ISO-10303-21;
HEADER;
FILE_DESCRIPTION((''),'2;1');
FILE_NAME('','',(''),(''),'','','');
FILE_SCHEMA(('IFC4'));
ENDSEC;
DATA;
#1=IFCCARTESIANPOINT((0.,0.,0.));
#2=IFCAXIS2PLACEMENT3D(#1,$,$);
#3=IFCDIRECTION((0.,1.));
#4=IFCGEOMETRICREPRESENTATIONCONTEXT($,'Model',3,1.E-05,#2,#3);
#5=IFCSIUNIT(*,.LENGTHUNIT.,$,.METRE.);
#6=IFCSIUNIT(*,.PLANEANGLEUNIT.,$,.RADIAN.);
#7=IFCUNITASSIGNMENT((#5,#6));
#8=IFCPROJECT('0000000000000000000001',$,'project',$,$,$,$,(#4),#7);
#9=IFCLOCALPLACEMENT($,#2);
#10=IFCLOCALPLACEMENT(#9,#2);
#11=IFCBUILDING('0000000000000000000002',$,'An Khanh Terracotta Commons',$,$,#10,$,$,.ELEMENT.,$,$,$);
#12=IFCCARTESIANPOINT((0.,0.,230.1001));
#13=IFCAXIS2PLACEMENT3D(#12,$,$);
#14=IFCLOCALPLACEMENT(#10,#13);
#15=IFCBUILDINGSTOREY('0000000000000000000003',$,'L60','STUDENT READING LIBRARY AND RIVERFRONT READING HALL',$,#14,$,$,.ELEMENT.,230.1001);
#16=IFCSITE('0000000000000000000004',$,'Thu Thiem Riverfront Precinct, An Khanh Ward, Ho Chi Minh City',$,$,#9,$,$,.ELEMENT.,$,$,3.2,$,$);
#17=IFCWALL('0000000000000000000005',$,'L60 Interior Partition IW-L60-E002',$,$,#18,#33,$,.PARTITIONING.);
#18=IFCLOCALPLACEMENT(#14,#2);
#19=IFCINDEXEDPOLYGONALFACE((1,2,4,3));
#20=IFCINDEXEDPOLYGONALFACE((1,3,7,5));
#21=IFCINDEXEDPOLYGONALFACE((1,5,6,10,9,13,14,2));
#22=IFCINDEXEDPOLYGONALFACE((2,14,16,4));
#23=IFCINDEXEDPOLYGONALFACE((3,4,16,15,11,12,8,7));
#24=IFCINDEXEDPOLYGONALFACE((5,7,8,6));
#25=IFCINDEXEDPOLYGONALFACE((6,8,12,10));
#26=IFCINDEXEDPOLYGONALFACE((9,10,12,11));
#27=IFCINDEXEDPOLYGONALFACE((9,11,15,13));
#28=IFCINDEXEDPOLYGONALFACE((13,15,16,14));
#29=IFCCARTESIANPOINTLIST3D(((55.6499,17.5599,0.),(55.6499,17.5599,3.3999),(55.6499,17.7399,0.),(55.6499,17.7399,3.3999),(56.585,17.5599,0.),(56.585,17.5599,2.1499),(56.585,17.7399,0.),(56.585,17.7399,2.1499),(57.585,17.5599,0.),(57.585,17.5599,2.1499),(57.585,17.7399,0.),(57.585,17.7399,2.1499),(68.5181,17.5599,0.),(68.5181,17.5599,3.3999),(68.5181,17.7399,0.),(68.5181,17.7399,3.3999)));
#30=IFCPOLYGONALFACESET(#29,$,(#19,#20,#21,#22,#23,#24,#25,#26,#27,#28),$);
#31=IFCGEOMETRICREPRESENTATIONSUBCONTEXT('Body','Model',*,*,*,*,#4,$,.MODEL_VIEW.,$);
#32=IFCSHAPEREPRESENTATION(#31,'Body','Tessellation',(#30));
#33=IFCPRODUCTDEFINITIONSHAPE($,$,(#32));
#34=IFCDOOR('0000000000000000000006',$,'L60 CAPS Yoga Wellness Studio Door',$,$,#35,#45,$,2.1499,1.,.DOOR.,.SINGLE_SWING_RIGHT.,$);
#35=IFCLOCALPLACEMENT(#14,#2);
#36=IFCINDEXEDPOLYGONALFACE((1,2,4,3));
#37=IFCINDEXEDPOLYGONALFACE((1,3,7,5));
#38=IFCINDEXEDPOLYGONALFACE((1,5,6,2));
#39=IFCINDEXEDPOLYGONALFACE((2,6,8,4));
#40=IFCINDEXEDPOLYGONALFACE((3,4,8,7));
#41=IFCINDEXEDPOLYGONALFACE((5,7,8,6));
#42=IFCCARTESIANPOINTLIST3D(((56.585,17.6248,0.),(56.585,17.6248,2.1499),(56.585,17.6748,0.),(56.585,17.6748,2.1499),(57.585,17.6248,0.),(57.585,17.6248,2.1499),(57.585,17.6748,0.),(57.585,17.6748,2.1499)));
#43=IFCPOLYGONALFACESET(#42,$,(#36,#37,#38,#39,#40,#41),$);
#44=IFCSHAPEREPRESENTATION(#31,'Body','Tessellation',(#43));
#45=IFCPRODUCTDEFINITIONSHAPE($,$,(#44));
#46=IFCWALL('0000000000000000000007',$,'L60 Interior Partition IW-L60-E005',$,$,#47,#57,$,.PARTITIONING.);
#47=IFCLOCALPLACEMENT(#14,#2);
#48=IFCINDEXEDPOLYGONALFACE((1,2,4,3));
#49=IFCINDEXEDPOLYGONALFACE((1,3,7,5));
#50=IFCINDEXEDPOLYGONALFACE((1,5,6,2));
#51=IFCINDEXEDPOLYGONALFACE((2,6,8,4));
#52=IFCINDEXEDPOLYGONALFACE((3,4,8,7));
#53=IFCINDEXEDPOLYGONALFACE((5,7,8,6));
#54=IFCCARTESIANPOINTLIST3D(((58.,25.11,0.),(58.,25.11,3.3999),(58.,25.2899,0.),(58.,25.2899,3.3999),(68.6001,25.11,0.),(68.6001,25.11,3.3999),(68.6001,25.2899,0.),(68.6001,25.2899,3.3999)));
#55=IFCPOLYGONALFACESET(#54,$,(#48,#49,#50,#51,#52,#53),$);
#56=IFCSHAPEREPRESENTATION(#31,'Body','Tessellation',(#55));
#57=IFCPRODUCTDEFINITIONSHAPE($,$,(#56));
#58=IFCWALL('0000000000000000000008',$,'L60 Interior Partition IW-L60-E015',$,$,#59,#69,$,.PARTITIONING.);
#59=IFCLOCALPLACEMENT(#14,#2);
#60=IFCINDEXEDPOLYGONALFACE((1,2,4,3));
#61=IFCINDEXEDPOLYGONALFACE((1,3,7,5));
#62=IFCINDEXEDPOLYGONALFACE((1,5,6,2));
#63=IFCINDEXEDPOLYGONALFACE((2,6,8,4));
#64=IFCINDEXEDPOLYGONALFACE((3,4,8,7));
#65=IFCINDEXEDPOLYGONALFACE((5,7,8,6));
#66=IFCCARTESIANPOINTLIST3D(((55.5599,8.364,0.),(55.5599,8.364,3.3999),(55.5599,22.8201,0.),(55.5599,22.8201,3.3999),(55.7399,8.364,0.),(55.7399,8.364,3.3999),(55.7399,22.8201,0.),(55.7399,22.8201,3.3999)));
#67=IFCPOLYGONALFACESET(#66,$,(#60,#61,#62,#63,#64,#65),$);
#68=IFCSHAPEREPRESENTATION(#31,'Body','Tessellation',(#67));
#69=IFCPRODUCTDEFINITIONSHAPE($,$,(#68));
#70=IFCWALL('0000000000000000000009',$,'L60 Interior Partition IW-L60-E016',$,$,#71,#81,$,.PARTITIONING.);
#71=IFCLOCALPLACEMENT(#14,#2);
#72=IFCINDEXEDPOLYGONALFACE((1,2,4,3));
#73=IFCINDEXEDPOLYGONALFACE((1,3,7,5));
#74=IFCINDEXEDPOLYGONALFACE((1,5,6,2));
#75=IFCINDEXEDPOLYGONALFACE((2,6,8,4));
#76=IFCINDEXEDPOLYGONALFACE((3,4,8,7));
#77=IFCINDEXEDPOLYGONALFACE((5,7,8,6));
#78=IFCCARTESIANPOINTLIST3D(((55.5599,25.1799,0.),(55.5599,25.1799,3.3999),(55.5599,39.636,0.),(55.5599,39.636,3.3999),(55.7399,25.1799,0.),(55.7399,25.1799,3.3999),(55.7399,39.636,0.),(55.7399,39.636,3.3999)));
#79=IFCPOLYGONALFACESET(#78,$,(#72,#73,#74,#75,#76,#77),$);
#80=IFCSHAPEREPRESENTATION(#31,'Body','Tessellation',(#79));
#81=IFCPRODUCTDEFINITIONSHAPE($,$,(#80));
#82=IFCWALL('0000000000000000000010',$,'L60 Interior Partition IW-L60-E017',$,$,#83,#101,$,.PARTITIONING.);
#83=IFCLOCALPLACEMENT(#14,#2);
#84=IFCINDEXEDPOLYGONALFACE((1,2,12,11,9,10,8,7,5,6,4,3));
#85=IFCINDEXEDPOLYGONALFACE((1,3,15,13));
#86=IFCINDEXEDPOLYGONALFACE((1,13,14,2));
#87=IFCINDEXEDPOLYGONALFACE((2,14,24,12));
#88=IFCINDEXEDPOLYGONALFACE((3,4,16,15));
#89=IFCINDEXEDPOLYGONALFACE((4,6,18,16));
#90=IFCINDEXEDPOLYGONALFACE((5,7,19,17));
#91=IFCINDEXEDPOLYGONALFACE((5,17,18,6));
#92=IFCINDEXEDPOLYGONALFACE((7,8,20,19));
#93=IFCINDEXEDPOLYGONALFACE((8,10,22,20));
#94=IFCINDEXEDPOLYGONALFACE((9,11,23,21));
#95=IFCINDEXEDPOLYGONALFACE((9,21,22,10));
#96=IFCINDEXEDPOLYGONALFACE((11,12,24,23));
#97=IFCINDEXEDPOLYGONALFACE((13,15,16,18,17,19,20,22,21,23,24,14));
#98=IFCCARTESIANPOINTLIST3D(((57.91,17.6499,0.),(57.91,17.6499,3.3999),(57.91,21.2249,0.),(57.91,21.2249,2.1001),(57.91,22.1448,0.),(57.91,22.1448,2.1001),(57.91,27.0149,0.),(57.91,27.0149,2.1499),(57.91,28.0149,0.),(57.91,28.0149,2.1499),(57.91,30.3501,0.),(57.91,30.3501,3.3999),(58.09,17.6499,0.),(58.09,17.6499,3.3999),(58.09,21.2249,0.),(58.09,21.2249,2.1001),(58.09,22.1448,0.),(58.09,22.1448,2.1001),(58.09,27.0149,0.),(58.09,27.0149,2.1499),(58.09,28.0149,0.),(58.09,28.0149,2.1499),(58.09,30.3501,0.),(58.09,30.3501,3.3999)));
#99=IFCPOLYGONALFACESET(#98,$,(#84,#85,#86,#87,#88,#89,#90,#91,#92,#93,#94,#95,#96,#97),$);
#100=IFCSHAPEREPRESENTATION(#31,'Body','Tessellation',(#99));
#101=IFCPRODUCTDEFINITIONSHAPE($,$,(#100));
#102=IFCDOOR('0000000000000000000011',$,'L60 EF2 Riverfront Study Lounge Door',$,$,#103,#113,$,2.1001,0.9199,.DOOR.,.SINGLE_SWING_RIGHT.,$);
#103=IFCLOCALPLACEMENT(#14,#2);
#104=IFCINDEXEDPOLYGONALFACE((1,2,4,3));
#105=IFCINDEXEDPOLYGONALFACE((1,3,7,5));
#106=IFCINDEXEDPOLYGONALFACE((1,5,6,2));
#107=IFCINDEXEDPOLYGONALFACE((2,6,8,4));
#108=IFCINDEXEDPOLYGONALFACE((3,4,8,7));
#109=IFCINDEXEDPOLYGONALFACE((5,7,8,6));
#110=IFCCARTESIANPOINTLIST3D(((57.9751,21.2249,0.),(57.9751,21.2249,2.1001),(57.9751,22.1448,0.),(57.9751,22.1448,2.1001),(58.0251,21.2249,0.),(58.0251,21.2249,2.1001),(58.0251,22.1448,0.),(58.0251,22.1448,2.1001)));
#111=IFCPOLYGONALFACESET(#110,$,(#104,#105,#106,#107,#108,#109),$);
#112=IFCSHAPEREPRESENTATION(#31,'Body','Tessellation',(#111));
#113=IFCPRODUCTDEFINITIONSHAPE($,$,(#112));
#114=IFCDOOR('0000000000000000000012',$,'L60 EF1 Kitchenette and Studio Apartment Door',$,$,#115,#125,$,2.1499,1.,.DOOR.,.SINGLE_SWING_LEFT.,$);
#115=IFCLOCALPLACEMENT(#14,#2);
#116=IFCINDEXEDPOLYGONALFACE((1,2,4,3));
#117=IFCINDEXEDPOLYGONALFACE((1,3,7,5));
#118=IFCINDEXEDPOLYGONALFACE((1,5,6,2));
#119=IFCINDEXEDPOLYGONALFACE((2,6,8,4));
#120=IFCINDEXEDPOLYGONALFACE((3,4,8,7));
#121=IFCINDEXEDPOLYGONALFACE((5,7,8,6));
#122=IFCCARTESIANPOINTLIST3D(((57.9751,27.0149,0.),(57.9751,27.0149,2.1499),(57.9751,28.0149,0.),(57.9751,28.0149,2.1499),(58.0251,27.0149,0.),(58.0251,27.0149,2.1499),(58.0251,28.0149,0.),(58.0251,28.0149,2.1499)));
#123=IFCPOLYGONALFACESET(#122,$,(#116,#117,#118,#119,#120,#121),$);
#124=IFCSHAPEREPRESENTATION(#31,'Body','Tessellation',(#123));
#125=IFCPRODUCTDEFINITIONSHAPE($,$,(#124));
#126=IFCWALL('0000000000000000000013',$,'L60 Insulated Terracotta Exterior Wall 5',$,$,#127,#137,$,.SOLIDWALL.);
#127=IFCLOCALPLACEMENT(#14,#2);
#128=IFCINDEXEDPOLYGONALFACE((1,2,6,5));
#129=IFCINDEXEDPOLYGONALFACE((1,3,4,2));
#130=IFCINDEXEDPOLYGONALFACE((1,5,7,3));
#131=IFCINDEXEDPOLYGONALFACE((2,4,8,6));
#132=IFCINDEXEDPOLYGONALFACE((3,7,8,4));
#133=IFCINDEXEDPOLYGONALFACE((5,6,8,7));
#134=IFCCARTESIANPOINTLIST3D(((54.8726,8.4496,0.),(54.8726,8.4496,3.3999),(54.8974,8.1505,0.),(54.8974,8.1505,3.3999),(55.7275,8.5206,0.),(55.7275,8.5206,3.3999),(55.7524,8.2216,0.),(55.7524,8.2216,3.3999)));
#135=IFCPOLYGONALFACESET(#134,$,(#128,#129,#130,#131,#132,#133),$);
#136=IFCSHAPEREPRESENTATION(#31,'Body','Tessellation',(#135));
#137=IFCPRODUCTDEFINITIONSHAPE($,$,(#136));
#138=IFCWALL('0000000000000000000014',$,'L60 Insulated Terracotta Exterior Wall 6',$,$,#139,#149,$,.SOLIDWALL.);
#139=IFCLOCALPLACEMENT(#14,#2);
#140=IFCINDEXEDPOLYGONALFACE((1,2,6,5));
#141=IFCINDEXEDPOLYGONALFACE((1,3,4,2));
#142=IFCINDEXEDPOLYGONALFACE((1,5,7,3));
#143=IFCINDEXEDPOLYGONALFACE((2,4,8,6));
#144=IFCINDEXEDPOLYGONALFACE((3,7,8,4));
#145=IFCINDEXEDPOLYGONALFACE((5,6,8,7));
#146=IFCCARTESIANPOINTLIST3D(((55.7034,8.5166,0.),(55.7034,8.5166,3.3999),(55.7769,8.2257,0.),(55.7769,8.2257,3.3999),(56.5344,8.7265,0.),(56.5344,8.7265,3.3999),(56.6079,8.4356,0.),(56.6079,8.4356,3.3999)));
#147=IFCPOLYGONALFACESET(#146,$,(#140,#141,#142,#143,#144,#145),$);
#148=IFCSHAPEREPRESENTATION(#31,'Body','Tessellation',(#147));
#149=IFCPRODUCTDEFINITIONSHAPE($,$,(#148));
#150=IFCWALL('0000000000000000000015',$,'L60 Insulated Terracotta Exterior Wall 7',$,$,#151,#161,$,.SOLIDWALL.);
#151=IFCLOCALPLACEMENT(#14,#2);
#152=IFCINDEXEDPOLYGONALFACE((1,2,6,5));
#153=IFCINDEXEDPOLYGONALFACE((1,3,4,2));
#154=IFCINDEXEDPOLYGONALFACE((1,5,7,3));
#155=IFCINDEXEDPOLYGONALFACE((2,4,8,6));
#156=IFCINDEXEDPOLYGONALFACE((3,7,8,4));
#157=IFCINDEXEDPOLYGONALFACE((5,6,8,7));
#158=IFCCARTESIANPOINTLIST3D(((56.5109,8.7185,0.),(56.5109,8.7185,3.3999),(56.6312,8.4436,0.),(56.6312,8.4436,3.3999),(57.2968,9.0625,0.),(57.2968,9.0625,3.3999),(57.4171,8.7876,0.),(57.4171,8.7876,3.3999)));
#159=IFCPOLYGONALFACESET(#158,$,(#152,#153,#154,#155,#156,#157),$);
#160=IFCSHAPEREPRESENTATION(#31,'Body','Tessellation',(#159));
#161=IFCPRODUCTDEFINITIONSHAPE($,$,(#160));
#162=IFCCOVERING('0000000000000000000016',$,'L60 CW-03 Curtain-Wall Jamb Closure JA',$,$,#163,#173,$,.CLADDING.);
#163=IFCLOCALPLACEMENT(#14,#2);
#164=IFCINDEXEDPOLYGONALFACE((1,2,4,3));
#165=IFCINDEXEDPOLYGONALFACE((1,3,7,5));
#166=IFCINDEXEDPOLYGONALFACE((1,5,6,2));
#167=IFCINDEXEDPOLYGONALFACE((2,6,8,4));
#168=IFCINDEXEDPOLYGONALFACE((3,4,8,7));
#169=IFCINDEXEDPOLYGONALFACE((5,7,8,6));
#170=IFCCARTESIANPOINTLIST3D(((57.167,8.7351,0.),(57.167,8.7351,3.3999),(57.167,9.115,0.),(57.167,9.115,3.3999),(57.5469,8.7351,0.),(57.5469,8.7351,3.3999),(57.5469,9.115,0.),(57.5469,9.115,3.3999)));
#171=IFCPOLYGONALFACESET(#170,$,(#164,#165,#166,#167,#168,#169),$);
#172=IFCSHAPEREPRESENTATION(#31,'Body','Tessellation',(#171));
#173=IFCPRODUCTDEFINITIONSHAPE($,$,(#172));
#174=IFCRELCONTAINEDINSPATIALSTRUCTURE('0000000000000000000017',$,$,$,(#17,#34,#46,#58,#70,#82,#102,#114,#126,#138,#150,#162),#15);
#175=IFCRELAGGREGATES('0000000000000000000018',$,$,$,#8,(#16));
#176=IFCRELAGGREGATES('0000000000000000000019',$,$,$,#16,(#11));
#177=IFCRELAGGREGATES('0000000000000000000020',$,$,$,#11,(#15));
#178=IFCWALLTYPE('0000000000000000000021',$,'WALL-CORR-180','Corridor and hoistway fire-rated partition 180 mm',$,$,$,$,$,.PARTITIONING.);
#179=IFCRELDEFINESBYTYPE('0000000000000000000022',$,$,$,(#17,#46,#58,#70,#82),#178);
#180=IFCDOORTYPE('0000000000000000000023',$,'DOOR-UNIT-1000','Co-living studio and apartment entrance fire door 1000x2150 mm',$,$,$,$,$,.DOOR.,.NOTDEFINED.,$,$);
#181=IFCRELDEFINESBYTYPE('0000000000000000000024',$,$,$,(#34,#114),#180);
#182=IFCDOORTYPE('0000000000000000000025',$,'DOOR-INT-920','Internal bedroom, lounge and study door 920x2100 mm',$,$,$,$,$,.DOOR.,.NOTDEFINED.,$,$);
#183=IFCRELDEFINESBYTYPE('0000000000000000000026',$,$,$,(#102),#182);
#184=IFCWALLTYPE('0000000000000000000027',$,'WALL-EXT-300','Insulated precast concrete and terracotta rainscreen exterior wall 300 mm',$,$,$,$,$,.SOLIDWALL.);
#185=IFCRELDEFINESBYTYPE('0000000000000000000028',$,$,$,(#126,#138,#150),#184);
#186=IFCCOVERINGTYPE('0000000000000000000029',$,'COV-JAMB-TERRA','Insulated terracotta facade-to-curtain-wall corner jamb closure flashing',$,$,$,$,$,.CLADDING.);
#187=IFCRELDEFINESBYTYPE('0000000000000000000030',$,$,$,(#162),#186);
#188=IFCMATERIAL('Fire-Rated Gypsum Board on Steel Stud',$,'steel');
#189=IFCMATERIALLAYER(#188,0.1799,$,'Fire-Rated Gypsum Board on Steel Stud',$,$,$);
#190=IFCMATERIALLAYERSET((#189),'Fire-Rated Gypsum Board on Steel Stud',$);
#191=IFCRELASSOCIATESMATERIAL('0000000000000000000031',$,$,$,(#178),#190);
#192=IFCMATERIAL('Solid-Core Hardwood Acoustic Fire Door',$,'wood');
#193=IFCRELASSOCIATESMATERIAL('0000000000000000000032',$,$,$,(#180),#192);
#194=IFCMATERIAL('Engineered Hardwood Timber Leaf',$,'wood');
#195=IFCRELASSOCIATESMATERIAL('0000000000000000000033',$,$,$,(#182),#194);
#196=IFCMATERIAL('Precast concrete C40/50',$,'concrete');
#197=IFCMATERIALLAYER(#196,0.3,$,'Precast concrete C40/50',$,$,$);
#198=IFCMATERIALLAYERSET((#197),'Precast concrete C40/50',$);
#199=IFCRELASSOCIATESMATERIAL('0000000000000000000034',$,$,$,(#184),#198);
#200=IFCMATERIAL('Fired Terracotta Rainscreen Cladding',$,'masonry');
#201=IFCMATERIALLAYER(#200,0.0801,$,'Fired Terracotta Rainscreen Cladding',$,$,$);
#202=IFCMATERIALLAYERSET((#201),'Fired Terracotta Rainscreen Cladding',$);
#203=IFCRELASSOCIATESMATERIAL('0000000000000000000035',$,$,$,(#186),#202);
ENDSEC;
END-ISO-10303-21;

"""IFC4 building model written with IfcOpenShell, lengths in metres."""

from ifc_helpers import new_model, si_unit, direction, frame, frame_2d, origin, origin_2d, place, context, subcontext, project, spatial, rectangle, extrude, material, layer, layer_set, type_object, element, fill, save


model = new_model("IFC4")

# Units and contexts
model_context = context("Model", 3, precision=1e-05, world=origin(), true_north=direction((0.0, 1.0)))
body_context = subcontext(model_context, "Body", "Model", "MODEL_VIEW")
ifc_project = project(units=[si_unit("LENGTHUNIT", "METRE"), si_unit("PLANEANGLEUNIT", "RADIAN")], contexts=[model_context])

# Site, building, storey
site_placement = place(None, origin())
site = spatial("IfcSite", under=ifc_project, at=site_placement, Name="Thu Thiem Riverfront Precinct, An Khanh Ward, Ho Chi Minh City", CompositionType="ELEMENT", RefElevation=3.2)
building_placement = place(site_placement, origin())
building = spatial("IfcBuilding", under=site, at=building_placement, Name="An Khanh Terracotta Commons", CompositionType="ELEMENT")
storey_placement = place(building_placement, frame((0.0, 0.0, 230.1001)))
storey = spatial("IfcBuildingStorey", under=building, at=storey_placement, Name="L60", Description="STUDENT READING LIBRARY AND RIVERFRONT READING HALL", CompositionType="ELEMENT", Elevation=230.1001)

# Wall, opening, door
ifc_material_1 = material(Name="Fire-Rated Gypsum Board on Steel Stud", Category="steel")
ifc_layer_1 = layer(ifc_material_1, 0.1799, Name="Fire-Rated Gypsum Board on Steel Stud")
ifc_layer_set_1 = layer_set([ifc_layer_1], Name="Fire-Rated Gypsum Board on Steel Stud")
wall_type_1 = type_object("IfcWallType", Name="WALL-CORR-180", Description="Corridor and hoistway fire-rated partition 180 mm", PredefinedType="PARTITIONING", material=ifc_layer_set_1)
wall_1_placement = place(storey_placement, frame((55.6499, 17.6499, 0.0), z_axis=(0.0, 0.0, 1.0), x_axis=(1.0, 0.0, 0.0)))
wall_1 = element("IfcWall", 1, at=wall_1_placement, inside=storey, type_object=wall_type_1, Name="L60 Interior Partition IW-L60-E002", PredefinedType="PARTITIONING", context=body_context, shape_type="SweptSolid", body=[
    extrude(rectangle(XDim=12.8682, YDim=0.1799, at=frame_2d((6.4341, 0.0))), origin(), (0.0, 0.0, 1.0), 3.3999),
])
opening_1_placement = place(wall_1_placement, frame((0.9351, 0.0, 0.0)))
opening_1 = element("IfcOpeningElement", 2, at=opening_1_placement, cuts=wall_1, PredefinedType="OPENING", context=body_context, shape_type="SweptSolid", body=[
    extrude(rectangle(XDim=1.0, YDim=2.1499, at=frame_2d((0.5, 1.075))), frame((0.0, 0.0999, 0.0), z_axis=(0.0, -1.0, 0.0), x_axis=(1.0, 0.0, 0.0)), (0.0, 0.0, 1.0), 0.2),
])
ifc_material_2 = material(Name="Solid-Core Hardwood Acoustic Fire Door", Category="wood")
door_type_1 = type_object("IfcDoorType", Name="DOOR-UNIT-1000", Description="Co-living studio and apartment entrance fire door 1000x2150 mm", OperationType="NOTDEFINED", PredefinedType="DOOR", material=ifc_material_2)
door_1_placement = place(opening_1_placement, origin())
door_1 = element("IfcDoor", 3, at=door_1_placement, inside=storey, type_object=door_type_1, Name="L60 CAPS Yoga Wellness Studio Door", OperationType="SINGLE_SWING_RIGHT", OverallHeight=2.1499, OverallWidth=1.0, PredefinedType="DOOR", context=body_context, shape_type="SweptSolid", body=[
    extrude(rectangle(XDim=1.0, YDim=2.1499, at=frame_2d((0.5, 1.075))), frame((0.0, 0.0249, 0.0), z_axis=(0.0, -1.0, 0.0), x_axis=(1.0, 0.0, 0.0)), (0.0, 0.0, 1.0), 0.05),
])
fill(opening_1, door_1)

# Walls
wall_2_placement = place(storey_placement, frame((58.0, 25.2, 0.0), z_axis=(0.0, 0.0, 1.0), x_axis=(1.0, 0.0, 0.0)))
element("IfcWall", 4, at=wall_2_placement, inside=storey, type_object=wall_type_1, Name="L60 Interior Partition IW-L60-E005", PredefinedType="PARTITIONING", context=body_context, shape_type="SweptSolid", body=[
    extrude(rectangle(XDim=10.6001, YDim=0.1799, at=frame_2d((5.3, 0.0))), origin(), (0.0, 0.0, 1.0), 3.3999),
])
for number, where, z_axis, x_axis, name in (
    (5, (55.6499, 8.364, 0.0), (0.0, 0.0, 1.0), (0.0, 1.0, 0.0), "L60 Interior Partition IW-L60-E015"),
    (6, (55.6499, 25.1799, 0.0), (0.0, 0.0, 1.0), (0.0, 1.0, 0.0), "L60 Interior Partition IW-L60-E016"),
):
    element("IfcWall", number, at=place(storey_placement, frame(where, z_axis=z_axis, x_axis=x_axis)), inside=storey, type_object=wall_type_1, Name=name, PredefinedType="PARTITIONING", context=body_context, shape_type="SweptSolid", body=[
        extrude(rectangle(XDim=14.4561, YDim=0.1799, at=frame_2d((7.228, 0.0))), origin(), (0.0, 0.0, 1.0), 3.3999),
    ])

# Wall, openings, doors
wall_3_placement = place(storey_placement, frame((58.0, 17.6499, 0.0), z_axis=(0.0, 0.0, 1.0), x_axis=(0.0, 1.0, 0.0)))
wall_3 = element("IfcWall", 7, at=wall_3_placement, inside=storey, type_object=wall_type_1, Name="L60 Interior Partition IW-L60-E017", PredefinedType="PARTITIONING", context=body_context, shape_type="SweptSolid", body=[
    extrude(rectangle(XDim=12.7002, YDim=0.1799, at=frame_2d((6.3501, 0.0))), origin(), (0.0, 0.0, 1.0), 3.3999),
])
opening_2_placement = place(wall_3_placement, frame((9.365, 0.0, 0.0)))
opening_2 = element("IfcOpeningElement", 8, at=opening_2_placement, cuts=wall_3, PredefinedType="OPENING", context=body_context, shape_type="SweptSolid", body=[
    extrude(rectangle(XDim=1.0, YDim=2.1499, at=frame_2d((0.5, 1.075))), frame((0.0, 0.0999, 0.0), z_axis=(0.0, -1.0, 0.0), x_axis=(1.0, 0.0, 0.0)), (0.0, 0.0, 1.0), 0.2),
])
opening_3_placement = place(wall_3_placement, frame((3.575, 0.0, 0.0)))
opening_3 = element("IfcOpeningElement", 9, at=opening_3_placement, cuts=wall_3, PredefinedType="OPENING", context=body_context, shape_type="SweptSolid", body=[
    extrude(rectangle(XDim=0.9199, YDim=2.1001, at=frame_2d((0.46, 1.05))), frame((0.0, 0.0999, 0.0), z_axis=(0.0, -1.0, 0.0), x_axis=(1.0, 0.0, 0.0)), (0.0, 0.0, 1.0), 0.2),
])
ifc_material_3 = material(Name="Engineered Hardwood Timber Leaf", Category="wood")
door_type_2 = type_object("IfcDoorType", Name="DOOR-INT-920", Description="Internal bedroom, lounge and study door 920x2100 mm", OperationType="NOTDEFINED", PredefinedType="DOOR", material=ifc_material_3)
door_2_placement = place(opening_3_placement, origin())
door_2 = element("IfcDoor", 10, at=door_2_placement, inside=storey, type_object=door_type_2, Name="L60 EF2 Riverfront Study Lounge Door", OperationType="SINGLE_SWING_RIGHT", OverallHeight=2.1001, OverallWidth=0.9199, PredefinedType="DOOR", context=body_context, shape_type="SweptSolid", body=[
    extrude(rectangle(XDim=0.9199, YDim=2.1001, at=frame_2d((0.46, 1.05))), frame((0.0, 0.0249, 0.0), z_axis=(0.0, -1.0, 0.0), x_axis=(1.0, 0.0, 0.0)), (0.0, 0.0, 1.0), 0.05),
])
fill(opening_3, door_2)
door_3_placement = place(opening_2_placement, origin())
door_3 = element("IfcDoor", 11, at=door_3_placement, inside=storey, type_object=door_type_1, Name="L60 EF1 Kitchenette and Studio Apartment Door", OperationType="SINGLE_SWING_LEFT", OverallHeight=2.1499, OverallWidth=1.0, PredefinedType="DOOR", context=body_context, shape_type="SweptSolid", body=[
    extrude(rectangle(XDim=1.0, YDim=2.1499, at=frame_2d((0.5, 1.075))), frame((0.0, 0.0249, 0.0), z_axis=(0.0, -1.0, 0.0), x_axis=(1.0, 0.0, 0.0)), (0.0, 0.0, 1.0), 0.05),
])
fill(opening_2, door_3)

# Walls
ifc_material_4 = material(Name="Precast concrete C40/50", Category="concrete")
ifc_layer_2 = layer(ifc_material_4, 0.3, Name="Precast concrete C40/50")
ifc_layer_set_2 = layer_set([ifc_layer_2], Name="Precast concrete C40/50")
wall_type_2 = type_object("IfcWallType", Name="WALL-EXT-300", Description="Insulated precast concrete and terracotta rainscreen exterior wall 300 mm", PredefinedType="SOLIDWALL", material=ifc_layer_set_2)
wall_4_placement = place(storey_placement, frame((54.885, 8.3, 0.0), z_axis=(0.0, 0.0, 1.0), x_axis=(0.996565, 0.08281, 0.0)))
element("IfcWall", 12, at=wall_4_placement, inside=storey, type_object=wall_type_2, Name="L60 Insulated Terracotta Exterior Wall 5", PredefinedType="SOLIDWALL", context=body_context, shape_type="SweptSolid", body=[
    extrude(rectangle(XDim=0.8579, YDim=0.3, at=frame_2d((0.429, 0.0))), origin(), (0.0, 0.0, 1.0), 3.3999),
])
wall_5_placement = place(storey_placement, frame((55.74, 8.3711, 0.0), z_axis=(0.0, 0.0, 1.0), x_axis=(0.969536, 0.244947, 0.0)))
element("IfcWall", 13, at=wall_5_placement, inside=storey, type_object=wall_type_2, Name="L60 Insulated Terracotta Exterior Wall 6", PredefinedType="SOLIDWALL", context=body_context, shape_type="SweptSolid", body=[
    extrude(rectangle(XDim=0.8572, YDim=0.3, at=frame_2d((0.4287, 0.0))), origin(), (0.0, 0.0, 1.0), 3.3999),
])
wall_6_placement = place(storey_placement, frame((56.571, 8.5811, 0.0), z_axis=(0.0, 0.0, 1.0), x_axis=(0.916085, 0.400983, 0.0)))
element("IfcWall", 14, at=wall_6_placement, inside=storey, type_object=wall_type_2, Name="L60 Insulated Terracotta Exterior Wall 7", PredefinedType="SOLIDWALL", context=body_context, shape_type="SweptSolid", body=[
    extrude(rectangle(XDim=0.8579, YDim=0.3, at=frame_2d((0.429, 0.0))), origin(), (0.0, 0.0, 1.0), 3.3999),
])

# Covering
ifc_material_5 = material(Name="Fired Terracotta Rainscreen Cladding", Category="masonry")
ifc_layer_3 = layer(ifc_material_5, 0.0801, Name="Fired Terracotta Rainscreen Cladding")
ifc_layer_set_3 = layer_set([ifc_layer_3], Name="Fired Terracotta Rainscreen Cladding")
covering_type = type_object("IfcCoveringType", Name="COV-JAMB-TERRA", Description="Insulated terracotta facade-to-curtain-wall corner jamb closure flashing", PredefinedType="CLADDING", material=ifc_layer_set_3)
covering_placement = place(storey_placement, frame((57.3569, 8.925, 0.0), z_axis=(0.0, 0.0, 1.0), x_axis=(1.0, 0.0, 0.0)))
element("IfcCovering", 15, at=covering_placement, inside=storey, type_object=covering_type, Name="L60 CW-03 Curtain-Wall Jamb Closure JA", PredefinedType="CLADDING", context=body_context, shape_type="SweptSolid", body=[
    extrude(rectangle(XDim=0.3799, YDim=0.3799, at=origin_2d()), origin(), (0.0, 0.0, 1.0), 3.3999),
])

save(model, "model.ifc")
